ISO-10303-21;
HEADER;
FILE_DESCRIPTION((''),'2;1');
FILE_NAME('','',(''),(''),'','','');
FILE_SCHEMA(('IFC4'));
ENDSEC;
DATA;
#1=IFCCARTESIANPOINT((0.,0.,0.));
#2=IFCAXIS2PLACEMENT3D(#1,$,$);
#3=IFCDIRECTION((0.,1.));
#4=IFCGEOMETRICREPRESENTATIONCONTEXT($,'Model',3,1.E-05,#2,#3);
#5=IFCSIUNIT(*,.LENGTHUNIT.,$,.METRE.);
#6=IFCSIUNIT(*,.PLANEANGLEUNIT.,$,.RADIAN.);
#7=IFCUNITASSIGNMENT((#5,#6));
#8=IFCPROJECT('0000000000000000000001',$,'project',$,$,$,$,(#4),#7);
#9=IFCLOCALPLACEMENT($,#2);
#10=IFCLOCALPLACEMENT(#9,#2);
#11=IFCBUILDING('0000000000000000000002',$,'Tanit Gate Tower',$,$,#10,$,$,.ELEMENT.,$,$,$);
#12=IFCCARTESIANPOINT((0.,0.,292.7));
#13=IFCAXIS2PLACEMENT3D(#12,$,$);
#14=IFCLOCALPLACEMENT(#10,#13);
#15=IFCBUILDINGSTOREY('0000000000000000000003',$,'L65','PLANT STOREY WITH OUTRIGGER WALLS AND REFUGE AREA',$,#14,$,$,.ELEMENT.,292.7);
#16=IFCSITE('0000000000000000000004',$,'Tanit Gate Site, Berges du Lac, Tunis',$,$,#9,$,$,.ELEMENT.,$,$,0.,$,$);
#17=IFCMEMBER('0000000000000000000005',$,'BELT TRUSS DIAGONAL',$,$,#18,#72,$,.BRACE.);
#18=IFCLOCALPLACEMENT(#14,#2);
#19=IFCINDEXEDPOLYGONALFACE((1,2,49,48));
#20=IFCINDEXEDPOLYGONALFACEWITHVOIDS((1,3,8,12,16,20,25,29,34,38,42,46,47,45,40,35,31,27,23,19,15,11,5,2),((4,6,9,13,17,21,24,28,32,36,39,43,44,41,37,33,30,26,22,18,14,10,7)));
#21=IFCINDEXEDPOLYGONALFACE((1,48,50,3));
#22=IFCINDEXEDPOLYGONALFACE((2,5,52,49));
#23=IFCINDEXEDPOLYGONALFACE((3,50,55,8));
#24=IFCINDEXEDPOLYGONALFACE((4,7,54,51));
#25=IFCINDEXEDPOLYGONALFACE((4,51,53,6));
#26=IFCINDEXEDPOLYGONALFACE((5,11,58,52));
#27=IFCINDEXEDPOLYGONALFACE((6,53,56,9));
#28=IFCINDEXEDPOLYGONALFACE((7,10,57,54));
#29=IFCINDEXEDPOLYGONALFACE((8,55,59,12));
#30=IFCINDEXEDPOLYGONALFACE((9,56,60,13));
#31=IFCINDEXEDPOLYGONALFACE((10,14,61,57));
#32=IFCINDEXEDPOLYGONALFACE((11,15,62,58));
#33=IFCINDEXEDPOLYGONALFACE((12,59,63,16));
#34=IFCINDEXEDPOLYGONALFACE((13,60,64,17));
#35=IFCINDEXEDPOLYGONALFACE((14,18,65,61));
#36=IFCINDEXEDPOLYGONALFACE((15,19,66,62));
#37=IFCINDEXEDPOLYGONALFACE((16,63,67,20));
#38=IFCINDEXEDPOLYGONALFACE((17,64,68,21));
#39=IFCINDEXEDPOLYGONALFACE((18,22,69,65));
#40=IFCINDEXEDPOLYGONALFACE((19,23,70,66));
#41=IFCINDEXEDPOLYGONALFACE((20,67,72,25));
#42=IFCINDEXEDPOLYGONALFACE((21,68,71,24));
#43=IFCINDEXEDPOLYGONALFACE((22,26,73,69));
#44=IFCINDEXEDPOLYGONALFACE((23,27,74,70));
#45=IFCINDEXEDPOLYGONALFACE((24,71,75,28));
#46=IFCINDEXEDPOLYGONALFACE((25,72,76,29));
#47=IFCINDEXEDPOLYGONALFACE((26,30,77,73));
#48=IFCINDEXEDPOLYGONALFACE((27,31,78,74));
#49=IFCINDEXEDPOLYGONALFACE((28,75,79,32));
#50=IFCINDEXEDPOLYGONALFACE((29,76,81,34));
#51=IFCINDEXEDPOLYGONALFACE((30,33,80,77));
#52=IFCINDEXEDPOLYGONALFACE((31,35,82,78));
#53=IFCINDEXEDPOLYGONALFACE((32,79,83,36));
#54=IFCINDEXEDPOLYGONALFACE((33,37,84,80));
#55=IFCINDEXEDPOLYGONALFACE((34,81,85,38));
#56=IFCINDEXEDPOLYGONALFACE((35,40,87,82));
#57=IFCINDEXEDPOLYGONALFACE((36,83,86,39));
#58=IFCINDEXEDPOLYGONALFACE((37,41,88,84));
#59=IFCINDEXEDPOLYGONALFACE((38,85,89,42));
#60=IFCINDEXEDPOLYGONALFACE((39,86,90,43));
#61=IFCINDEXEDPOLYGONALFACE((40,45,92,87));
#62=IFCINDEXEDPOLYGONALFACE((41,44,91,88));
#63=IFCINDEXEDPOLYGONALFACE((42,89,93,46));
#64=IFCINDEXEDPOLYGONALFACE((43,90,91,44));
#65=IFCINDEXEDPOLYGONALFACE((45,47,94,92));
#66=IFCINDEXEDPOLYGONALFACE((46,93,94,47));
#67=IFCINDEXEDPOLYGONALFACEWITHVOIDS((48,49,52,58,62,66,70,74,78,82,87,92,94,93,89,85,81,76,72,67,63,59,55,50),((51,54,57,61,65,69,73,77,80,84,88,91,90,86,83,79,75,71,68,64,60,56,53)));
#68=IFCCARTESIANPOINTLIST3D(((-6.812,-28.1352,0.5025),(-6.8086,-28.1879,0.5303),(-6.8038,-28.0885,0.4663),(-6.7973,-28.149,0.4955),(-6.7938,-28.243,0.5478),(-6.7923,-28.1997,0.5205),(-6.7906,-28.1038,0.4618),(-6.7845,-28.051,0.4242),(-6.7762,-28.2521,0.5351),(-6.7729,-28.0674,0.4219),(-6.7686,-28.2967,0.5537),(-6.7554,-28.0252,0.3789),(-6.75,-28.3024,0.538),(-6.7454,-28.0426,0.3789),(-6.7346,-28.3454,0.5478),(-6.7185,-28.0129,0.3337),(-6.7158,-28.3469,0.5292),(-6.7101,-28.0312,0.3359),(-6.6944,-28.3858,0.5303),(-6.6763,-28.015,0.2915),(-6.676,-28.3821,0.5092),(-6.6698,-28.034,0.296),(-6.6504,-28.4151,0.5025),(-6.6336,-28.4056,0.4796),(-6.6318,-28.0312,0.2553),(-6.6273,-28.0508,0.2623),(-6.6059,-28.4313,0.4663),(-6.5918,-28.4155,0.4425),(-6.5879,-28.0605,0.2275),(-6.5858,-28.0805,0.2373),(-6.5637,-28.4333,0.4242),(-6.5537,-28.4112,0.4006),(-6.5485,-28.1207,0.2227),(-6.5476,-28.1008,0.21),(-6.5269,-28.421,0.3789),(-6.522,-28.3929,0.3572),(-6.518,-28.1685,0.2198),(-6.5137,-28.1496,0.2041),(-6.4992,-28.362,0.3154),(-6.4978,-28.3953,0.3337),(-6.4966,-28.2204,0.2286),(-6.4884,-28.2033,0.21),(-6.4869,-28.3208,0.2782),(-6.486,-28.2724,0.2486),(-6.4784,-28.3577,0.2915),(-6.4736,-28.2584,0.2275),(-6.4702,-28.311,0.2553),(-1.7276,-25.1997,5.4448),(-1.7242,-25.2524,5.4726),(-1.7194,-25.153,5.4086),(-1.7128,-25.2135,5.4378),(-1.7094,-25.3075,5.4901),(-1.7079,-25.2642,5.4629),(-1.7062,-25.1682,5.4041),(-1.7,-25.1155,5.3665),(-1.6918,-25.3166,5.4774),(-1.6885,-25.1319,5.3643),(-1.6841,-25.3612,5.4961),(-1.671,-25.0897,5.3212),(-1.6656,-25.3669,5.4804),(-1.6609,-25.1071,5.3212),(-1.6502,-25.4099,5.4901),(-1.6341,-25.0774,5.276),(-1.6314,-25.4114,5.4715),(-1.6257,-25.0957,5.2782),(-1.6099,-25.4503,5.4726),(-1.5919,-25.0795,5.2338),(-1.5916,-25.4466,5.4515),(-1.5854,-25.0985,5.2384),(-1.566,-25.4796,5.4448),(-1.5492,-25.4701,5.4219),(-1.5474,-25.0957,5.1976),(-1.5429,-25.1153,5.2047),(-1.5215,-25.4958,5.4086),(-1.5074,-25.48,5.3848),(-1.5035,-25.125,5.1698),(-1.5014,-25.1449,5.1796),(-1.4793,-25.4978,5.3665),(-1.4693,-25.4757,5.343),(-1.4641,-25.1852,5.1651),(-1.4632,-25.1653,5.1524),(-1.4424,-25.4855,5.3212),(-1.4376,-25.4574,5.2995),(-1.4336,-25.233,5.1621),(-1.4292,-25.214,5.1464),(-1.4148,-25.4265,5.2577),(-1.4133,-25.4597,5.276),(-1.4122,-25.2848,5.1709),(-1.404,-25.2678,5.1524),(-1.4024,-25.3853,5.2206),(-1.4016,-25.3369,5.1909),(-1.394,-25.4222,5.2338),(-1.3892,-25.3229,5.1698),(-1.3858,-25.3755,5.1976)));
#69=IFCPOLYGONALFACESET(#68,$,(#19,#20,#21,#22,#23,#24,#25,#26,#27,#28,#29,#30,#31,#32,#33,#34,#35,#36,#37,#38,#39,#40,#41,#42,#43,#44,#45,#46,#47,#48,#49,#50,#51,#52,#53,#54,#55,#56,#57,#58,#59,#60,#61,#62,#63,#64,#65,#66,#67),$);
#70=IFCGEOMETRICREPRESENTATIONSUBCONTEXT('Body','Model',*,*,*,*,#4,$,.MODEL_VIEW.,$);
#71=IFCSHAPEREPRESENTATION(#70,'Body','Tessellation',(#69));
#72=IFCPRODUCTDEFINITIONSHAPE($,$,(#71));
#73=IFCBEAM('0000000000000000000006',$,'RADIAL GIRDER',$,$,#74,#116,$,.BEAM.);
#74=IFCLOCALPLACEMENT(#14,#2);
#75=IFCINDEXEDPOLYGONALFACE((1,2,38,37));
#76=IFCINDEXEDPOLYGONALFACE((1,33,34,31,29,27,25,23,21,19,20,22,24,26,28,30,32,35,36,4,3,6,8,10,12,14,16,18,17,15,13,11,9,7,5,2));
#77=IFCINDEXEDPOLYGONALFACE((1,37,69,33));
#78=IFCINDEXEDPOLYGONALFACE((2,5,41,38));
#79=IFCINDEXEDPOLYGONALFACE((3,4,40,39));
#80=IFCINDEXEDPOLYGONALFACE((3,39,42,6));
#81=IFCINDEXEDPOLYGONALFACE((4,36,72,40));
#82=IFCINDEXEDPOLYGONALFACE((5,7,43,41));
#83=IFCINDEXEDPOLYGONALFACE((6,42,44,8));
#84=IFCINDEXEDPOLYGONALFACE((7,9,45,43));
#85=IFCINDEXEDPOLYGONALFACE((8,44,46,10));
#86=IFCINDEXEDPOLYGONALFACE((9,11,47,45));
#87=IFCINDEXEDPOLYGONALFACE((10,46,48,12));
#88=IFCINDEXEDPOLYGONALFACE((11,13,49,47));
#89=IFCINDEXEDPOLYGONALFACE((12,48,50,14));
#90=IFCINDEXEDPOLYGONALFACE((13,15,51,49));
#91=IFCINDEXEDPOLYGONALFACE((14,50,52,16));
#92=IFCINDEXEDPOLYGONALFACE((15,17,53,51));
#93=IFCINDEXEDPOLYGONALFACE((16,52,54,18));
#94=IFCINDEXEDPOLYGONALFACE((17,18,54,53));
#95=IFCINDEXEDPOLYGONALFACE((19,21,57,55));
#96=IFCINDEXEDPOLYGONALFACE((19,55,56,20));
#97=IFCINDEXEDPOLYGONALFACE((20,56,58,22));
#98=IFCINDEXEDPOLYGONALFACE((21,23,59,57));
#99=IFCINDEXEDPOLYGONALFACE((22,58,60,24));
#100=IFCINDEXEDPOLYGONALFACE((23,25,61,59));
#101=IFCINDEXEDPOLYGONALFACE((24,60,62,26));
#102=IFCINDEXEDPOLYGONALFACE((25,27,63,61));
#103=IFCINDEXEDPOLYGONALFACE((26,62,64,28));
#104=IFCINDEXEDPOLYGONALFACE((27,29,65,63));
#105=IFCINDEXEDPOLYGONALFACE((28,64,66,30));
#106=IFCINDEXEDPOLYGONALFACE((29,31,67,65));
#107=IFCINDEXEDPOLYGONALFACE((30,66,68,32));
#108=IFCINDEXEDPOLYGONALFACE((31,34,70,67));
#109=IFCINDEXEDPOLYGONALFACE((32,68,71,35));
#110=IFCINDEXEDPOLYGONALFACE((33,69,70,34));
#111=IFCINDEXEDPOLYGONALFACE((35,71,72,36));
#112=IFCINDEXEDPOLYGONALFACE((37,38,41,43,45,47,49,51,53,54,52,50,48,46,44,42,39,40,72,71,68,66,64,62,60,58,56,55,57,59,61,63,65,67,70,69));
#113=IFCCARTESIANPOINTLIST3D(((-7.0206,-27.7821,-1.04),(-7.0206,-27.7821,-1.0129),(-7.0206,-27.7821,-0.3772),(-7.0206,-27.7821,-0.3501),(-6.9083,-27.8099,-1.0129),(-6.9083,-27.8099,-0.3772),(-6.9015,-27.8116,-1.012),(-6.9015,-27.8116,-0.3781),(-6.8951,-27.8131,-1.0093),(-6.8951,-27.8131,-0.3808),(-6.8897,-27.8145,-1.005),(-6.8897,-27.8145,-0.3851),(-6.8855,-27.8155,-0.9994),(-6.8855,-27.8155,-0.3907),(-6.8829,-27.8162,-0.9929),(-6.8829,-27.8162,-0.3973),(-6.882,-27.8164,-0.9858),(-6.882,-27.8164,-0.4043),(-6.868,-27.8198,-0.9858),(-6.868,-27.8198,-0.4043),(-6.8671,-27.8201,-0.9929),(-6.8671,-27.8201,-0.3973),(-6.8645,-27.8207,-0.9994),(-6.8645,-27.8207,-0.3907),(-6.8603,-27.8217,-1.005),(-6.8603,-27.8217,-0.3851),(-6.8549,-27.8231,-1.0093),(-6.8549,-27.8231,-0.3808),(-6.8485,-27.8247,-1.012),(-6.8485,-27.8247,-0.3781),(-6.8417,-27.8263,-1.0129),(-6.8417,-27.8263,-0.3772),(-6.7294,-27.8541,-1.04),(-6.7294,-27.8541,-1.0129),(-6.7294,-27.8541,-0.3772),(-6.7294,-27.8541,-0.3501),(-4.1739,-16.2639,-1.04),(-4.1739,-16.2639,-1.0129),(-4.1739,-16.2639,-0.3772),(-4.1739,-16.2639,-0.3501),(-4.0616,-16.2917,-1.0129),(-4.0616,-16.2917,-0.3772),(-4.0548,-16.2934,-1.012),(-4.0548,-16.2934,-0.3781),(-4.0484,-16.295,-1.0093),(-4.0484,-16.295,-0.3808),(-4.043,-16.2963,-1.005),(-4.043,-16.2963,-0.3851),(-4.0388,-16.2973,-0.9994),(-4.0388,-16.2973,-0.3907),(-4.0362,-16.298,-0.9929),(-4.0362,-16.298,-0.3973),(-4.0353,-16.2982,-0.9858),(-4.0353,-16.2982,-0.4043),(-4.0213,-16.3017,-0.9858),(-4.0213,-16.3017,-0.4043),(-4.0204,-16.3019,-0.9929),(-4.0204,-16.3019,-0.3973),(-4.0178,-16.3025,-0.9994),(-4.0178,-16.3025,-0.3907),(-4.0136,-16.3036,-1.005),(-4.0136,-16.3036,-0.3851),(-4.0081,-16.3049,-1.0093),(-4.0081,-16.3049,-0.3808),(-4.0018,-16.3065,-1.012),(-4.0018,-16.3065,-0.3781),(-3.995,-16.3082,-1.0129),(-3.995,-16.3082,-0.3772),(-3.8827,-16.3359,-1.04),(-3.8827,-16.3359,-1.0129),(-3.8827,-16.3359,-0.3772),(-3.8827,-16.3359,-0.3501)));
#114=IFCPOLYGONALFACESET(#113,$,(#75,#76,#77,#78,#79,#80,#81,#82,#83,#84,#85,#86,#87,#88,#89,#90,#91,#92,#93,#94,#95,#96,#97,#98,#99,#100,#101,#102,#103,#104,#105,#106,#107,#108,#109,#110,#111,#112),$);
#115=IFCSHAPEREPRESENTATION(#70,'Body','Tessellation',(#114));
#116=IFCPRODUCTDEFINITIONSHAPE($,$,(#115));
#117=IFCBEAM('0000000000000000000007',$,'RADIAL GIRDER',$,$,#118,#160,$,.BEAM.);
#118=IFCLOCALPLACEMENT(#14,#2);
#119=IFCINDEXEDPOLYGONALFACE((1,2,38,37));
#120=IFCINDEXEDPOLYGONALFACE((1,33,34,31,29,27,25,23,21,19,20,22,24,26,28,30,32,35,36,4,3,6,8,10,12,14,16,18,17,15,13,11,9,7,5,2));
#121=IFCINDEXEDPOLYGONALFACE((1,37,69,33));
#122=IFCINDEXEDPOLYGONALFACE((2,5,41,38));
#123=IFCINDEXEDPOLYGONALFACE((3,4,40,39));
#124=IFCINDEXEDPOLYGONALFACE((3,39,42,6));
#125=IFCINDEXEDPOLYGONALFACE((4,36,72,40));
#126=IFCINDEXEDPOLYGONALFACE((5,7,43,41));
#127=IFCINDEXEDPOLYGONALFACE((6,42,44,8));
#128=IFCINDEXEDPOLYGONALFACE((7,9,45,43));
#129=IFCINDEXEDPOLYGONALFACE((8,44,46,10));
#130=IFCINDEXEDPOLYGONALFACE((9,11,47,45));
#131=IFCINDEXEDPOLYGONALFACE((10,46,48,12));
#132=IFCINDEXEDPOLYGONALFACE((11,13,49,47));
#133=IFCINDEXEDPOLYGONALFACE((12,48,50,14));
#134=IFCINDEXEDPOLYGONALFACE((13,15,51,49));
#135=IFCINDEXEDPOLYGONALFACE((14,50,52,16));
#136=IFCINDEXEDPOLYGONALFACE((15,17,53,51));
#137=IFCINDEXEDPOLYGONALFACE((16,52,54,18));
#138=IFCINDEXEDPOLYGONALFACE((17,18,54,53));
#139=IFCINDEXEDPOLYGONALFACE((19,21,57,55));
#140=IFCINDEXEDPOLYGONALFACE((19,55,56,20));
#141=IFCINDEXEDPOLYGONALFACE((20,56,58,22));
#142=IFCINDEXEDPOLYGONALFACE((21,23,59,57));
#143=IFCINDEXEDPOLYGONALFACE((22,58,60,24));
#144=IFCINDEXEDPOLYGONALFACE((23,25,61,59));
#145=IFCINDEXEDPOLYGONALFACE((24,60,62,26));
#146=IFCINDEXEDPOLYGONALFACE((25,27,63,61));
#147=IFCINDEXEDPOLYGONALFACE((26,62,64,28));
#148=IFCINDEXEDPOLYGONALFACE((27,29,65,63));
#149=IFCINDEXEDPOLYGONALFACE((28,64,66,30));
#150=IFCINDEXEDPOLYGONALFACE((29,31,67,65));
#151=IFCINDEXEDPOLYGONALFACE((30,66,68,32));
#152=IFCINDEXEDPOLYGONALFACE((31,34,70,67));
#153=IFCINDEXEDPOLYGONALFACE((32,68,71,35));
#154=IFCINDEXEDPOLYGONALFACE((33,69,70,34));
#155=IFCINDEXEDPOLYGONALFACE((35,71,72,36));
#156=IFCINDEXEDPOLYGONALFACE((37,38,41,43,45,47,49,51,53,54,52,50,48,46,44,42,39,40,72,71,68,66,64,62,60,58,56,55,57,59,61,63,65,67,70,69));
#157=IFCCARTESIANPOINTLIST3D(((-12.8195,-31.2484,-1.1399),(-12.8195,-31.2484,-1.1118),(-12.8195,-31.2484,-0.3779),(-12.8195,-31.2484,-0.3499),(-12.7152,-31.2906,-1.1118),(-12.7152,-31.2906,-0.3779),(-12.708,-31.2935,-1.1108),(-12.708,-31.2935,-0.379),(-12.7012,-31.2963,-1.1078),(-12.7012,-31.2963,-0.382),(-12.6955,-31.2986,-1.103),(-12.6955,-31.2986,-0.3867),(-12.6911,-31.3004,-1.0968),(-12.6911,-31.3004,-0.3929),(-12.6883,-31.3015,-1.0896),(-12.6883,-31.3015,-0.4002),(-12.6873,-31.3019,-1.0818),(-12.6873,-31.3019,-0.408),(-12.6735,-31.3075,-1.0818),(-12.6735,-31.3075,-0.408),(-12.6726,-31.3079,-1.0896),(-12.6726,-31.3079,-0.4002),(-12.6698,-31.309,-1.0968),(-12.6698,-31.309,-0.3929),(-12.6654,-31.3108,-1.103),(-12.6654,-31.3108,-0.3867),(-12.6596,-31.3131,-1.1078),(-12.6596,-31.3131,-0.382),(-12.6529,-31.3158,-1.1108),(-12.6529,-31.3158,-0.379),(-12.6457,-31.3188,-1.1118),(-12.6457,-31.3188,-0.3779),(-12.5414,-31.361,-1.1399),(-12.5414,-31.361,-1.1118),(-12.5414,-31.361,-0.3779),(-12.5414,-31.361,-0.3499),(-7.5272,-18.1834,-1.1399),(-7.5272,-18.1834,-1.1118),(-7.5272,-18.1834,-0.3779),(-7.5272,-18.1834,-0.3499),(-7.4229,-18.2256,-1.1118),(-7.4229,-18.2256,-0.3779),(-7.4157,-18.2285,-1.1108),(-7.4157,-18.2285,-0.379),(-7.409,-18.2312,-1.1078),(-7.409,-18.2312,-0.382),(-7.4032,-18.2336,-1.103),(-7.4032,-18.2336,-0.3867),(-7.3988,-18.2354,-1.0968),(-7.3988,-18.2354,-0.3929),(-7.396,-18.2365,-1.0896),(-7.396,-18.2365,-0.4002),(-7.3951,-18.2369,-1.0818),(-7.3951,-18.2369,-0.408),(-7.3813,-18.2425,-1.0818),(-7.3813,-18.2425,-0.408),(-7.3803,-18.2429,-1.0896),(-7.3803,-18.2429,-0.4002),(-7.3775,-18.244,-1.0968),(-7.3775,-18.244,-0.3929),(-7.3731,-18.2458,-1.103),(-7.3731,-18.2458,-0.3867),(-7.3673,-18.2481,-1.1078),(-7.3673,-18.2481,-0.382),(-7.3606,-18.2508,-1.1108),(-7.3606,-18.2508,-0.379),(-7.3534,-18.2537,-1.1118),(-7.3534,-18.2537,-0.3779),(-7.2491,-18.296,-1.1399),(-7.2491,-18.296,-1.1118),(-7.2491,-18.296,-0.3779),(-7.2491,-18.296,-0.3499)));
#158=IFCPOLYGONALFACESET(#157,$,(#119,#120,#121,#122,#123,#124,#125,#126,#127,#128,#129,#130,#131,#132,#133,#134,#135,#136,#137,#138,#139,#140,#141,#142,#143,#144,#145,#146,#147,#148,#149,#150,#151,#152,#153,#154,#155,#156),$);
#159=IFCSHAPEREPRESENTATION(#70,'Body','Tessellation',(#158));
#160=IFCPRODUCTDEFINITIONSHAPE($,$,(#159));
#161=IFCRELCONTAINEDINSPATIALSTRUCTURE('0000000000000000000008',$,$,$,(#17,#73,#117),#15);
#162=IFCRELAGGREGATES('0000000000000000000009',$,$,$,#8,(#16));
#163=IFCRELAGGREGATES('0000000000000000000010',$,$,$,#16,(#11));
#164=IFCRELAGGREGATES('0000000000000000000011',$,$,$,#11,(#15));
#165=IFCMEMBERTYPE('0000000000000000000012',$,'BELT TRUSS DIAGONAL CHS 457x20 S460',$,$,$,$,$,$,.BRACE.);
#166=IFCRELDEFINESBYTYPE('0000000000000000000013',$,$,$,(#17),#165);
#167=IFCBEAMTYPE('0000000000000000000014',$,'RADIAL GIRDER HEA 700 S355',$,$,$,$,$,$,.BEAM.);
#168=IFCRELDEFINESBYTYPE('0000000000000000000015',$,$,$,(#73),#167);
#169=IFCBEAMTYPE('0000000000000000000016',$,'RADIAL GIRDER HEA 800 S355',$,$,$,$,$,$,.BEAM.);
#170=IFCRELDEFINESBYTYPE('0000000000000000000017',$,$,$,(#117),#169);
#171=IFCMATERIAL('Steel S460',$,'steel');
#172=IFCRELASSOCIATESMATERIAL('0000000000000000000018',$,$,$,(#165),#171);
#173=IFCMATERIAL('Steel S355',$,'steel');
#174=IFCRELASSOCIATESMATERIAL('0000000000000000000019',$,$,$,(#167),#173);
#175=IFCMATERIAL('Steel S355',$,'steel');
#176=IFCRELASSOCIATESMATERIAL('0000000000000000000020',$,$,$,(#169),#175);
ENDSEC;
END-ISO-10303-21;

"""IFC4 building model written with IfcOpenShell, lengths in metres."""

from ifc_helpers import new_model, si_unit, direction, frame, origin, origin_2d, place, context, subcontext, project, spatial, hollow_circle, i_section, extrude, material, material_profile, profile_set, type_object, element, save


model = new_model("IFC4")

# Units and contexts
model_context = context("Model", 3, precision=1e-05, world=origin(), true_north=direction((0.0, 1.0)))
body_context = subcontext(model_context, "Body", "Model", "MODEL_VIEW")
ifc_project = project(units=[si_unit("LENGTHUNIT", "METRE"), si_unit("PLANEANGLEUNIT", "RADIAN")], contexts=[model_context])

# Site, building, storey
site_placement = place(None, origin())
site = spatial("IfcSite", under=ifc_project, at=site_placement, Name="Tanit Gate Site, Berges du Lac, Tunis", CompositionType="ELEMENT", RefElevation=0.0)
building_placement = place(site_placement, origin())
building = spatial("IfcBuilding", under=site, at=building_placement, Name="Tanit Gate Tower", CompositionType="ELEMENT")
storey_placement = place(building_placement, frame((0.0, 0.0, 292.7)))
storey = spatial("IfcBuildingStorey", under=building, at=storey_placement, Name="L65", Description="PLANT STOREY WITH OUTRIGGER WALLS AND REFUGE AREA", CompositionType="ELEMENT", Elevation=292.7)

# Member
ifc_material_1 = material(Name="Steel S460", Category="steel")
ifc_material_profile_1 = material_profile(ifc_material_1, hollow_circle(Radius=0.2285, WallThickness=0.02, at=origin_2d()), Name="CHS 457x20")
ifc_profile_set_1 = profile_set([ifc_material_profile_1], Name="Steel S460")
member_type = type_object("IfcMemberType", Name="BELT TRUSS DIAGONAL CHS 457x20 S460", PredefinedType="BRACE", material=ifc_profile_set_1)
for number, where, z_axis, x_axis, name in (
    (1, (-6.6411, -28.2231, 0.3789), (0.662524, 0.382511, 0.644009), (-0.500003, 0.866024, 0.0), "BELT TRUSS DIAGONAL"),
):
    element("IfcMember", number, at=place(storey_placement, frame(where, z_axis=z_axis, x_axis=x_axis)), inside=storey, type_object=member_type, Name=name, PredefinedType="BRACE", context=body_context, shape_type="SweptSolid", body=[
        extrude(hollow_circle(Radius=0.2285, WallThickness=0.02, at=origin_2d()), origin(), (0.0, 0.0, 1.0), 7.6743),
    ])

# Beams
ifc_material_2 = material(Name="Steel S355", Category="steel")
ifc_material_profile_2 = material_profile(ifc_material_2, i_section(OverallWidth=0.3, OverallDepth=0.6899, WebThickness=0.0144, FlangeThickness=0.0271, FilletRadius=0.0271, at=origin_2d()), Name="HEA 700")
ifc_profile_set_2 = profile_set([ifc_material_profile_2], Name="Steel S355")
beam_type_1 = type_object("IfcBeamType", Name="RADIAL GIRDER HEA 700 S355", PredefinedType="BEAM", material=ifc_profile_set_2)
beam_1_placement = place(storey_placement, frame((-6.875, -27.8181, -0.6951), z_axis=(0.23993, 0.97079, 0.0), x_axis=(-0.97079, 0.23993, 0.0)))
element("IfcBeam", 2, at=beam_1_placement, inside=storey, type_object=beam_type_1, Name="RADIAL GIRDER", PredefinedType="BEAM", context=body_context, shape_type="SweptSolid", body=[
    extrude(i_section(OverallWidth=0.3, OverallDepth=0.6899, WebThickness=0.0144, FlangeThickness=0.0271, FilletRadius=0.0271, at=origin_2d()), origin(), (0.0, 0.0, 1.0), 11.8647),
])
ifc_material_3 = material(Name="Steel S355", Category="steel")
ifc_material_profile_3 = material_profile(ifc_material_3, i_section(OverallWidth=0.3, OverallDepth=0.79, WebThickness=0.0149, FlangeThickness=0.0281, FilletRadius=0.03, at=origin_2d()), Name="HEA 800")
ifc_profile_set_3 = profile_set([ifc_material_profile_3], Name="Steel S355")
beam_type_2 = type_object("IfcBeamType", Name="RADIAL GIRDER HEA 800 S355", PredefinedType="BEAM", material=ifc_profile_set_3)
beam_2_placement = place(storey_placement, frame((-12.6804, -31.3047, -0.7449), z_axis=(0.375439, 0.926847, 0.0), x_axis=(-0.926847, 0.375439, 0.0)))
element("IfcBeam", 3, at=beam_2_placement, inside=storey, type_object=beam_type_2, Name="RADIAL GIRDER", PredefinedType="BEAM", context=body_context, shape_type="SweptSolid", body=[
    extrude(i_section(OverallWidth=0.3, OverallDepth=0.79, WebThickness=0.0149, FlangeThickness=0.0281, FilletRadius=0.03, at=origin_2d()), origin(), (0.0, 0.0, 1.0), 14.0962),
])

save(model, "model.ifc")
